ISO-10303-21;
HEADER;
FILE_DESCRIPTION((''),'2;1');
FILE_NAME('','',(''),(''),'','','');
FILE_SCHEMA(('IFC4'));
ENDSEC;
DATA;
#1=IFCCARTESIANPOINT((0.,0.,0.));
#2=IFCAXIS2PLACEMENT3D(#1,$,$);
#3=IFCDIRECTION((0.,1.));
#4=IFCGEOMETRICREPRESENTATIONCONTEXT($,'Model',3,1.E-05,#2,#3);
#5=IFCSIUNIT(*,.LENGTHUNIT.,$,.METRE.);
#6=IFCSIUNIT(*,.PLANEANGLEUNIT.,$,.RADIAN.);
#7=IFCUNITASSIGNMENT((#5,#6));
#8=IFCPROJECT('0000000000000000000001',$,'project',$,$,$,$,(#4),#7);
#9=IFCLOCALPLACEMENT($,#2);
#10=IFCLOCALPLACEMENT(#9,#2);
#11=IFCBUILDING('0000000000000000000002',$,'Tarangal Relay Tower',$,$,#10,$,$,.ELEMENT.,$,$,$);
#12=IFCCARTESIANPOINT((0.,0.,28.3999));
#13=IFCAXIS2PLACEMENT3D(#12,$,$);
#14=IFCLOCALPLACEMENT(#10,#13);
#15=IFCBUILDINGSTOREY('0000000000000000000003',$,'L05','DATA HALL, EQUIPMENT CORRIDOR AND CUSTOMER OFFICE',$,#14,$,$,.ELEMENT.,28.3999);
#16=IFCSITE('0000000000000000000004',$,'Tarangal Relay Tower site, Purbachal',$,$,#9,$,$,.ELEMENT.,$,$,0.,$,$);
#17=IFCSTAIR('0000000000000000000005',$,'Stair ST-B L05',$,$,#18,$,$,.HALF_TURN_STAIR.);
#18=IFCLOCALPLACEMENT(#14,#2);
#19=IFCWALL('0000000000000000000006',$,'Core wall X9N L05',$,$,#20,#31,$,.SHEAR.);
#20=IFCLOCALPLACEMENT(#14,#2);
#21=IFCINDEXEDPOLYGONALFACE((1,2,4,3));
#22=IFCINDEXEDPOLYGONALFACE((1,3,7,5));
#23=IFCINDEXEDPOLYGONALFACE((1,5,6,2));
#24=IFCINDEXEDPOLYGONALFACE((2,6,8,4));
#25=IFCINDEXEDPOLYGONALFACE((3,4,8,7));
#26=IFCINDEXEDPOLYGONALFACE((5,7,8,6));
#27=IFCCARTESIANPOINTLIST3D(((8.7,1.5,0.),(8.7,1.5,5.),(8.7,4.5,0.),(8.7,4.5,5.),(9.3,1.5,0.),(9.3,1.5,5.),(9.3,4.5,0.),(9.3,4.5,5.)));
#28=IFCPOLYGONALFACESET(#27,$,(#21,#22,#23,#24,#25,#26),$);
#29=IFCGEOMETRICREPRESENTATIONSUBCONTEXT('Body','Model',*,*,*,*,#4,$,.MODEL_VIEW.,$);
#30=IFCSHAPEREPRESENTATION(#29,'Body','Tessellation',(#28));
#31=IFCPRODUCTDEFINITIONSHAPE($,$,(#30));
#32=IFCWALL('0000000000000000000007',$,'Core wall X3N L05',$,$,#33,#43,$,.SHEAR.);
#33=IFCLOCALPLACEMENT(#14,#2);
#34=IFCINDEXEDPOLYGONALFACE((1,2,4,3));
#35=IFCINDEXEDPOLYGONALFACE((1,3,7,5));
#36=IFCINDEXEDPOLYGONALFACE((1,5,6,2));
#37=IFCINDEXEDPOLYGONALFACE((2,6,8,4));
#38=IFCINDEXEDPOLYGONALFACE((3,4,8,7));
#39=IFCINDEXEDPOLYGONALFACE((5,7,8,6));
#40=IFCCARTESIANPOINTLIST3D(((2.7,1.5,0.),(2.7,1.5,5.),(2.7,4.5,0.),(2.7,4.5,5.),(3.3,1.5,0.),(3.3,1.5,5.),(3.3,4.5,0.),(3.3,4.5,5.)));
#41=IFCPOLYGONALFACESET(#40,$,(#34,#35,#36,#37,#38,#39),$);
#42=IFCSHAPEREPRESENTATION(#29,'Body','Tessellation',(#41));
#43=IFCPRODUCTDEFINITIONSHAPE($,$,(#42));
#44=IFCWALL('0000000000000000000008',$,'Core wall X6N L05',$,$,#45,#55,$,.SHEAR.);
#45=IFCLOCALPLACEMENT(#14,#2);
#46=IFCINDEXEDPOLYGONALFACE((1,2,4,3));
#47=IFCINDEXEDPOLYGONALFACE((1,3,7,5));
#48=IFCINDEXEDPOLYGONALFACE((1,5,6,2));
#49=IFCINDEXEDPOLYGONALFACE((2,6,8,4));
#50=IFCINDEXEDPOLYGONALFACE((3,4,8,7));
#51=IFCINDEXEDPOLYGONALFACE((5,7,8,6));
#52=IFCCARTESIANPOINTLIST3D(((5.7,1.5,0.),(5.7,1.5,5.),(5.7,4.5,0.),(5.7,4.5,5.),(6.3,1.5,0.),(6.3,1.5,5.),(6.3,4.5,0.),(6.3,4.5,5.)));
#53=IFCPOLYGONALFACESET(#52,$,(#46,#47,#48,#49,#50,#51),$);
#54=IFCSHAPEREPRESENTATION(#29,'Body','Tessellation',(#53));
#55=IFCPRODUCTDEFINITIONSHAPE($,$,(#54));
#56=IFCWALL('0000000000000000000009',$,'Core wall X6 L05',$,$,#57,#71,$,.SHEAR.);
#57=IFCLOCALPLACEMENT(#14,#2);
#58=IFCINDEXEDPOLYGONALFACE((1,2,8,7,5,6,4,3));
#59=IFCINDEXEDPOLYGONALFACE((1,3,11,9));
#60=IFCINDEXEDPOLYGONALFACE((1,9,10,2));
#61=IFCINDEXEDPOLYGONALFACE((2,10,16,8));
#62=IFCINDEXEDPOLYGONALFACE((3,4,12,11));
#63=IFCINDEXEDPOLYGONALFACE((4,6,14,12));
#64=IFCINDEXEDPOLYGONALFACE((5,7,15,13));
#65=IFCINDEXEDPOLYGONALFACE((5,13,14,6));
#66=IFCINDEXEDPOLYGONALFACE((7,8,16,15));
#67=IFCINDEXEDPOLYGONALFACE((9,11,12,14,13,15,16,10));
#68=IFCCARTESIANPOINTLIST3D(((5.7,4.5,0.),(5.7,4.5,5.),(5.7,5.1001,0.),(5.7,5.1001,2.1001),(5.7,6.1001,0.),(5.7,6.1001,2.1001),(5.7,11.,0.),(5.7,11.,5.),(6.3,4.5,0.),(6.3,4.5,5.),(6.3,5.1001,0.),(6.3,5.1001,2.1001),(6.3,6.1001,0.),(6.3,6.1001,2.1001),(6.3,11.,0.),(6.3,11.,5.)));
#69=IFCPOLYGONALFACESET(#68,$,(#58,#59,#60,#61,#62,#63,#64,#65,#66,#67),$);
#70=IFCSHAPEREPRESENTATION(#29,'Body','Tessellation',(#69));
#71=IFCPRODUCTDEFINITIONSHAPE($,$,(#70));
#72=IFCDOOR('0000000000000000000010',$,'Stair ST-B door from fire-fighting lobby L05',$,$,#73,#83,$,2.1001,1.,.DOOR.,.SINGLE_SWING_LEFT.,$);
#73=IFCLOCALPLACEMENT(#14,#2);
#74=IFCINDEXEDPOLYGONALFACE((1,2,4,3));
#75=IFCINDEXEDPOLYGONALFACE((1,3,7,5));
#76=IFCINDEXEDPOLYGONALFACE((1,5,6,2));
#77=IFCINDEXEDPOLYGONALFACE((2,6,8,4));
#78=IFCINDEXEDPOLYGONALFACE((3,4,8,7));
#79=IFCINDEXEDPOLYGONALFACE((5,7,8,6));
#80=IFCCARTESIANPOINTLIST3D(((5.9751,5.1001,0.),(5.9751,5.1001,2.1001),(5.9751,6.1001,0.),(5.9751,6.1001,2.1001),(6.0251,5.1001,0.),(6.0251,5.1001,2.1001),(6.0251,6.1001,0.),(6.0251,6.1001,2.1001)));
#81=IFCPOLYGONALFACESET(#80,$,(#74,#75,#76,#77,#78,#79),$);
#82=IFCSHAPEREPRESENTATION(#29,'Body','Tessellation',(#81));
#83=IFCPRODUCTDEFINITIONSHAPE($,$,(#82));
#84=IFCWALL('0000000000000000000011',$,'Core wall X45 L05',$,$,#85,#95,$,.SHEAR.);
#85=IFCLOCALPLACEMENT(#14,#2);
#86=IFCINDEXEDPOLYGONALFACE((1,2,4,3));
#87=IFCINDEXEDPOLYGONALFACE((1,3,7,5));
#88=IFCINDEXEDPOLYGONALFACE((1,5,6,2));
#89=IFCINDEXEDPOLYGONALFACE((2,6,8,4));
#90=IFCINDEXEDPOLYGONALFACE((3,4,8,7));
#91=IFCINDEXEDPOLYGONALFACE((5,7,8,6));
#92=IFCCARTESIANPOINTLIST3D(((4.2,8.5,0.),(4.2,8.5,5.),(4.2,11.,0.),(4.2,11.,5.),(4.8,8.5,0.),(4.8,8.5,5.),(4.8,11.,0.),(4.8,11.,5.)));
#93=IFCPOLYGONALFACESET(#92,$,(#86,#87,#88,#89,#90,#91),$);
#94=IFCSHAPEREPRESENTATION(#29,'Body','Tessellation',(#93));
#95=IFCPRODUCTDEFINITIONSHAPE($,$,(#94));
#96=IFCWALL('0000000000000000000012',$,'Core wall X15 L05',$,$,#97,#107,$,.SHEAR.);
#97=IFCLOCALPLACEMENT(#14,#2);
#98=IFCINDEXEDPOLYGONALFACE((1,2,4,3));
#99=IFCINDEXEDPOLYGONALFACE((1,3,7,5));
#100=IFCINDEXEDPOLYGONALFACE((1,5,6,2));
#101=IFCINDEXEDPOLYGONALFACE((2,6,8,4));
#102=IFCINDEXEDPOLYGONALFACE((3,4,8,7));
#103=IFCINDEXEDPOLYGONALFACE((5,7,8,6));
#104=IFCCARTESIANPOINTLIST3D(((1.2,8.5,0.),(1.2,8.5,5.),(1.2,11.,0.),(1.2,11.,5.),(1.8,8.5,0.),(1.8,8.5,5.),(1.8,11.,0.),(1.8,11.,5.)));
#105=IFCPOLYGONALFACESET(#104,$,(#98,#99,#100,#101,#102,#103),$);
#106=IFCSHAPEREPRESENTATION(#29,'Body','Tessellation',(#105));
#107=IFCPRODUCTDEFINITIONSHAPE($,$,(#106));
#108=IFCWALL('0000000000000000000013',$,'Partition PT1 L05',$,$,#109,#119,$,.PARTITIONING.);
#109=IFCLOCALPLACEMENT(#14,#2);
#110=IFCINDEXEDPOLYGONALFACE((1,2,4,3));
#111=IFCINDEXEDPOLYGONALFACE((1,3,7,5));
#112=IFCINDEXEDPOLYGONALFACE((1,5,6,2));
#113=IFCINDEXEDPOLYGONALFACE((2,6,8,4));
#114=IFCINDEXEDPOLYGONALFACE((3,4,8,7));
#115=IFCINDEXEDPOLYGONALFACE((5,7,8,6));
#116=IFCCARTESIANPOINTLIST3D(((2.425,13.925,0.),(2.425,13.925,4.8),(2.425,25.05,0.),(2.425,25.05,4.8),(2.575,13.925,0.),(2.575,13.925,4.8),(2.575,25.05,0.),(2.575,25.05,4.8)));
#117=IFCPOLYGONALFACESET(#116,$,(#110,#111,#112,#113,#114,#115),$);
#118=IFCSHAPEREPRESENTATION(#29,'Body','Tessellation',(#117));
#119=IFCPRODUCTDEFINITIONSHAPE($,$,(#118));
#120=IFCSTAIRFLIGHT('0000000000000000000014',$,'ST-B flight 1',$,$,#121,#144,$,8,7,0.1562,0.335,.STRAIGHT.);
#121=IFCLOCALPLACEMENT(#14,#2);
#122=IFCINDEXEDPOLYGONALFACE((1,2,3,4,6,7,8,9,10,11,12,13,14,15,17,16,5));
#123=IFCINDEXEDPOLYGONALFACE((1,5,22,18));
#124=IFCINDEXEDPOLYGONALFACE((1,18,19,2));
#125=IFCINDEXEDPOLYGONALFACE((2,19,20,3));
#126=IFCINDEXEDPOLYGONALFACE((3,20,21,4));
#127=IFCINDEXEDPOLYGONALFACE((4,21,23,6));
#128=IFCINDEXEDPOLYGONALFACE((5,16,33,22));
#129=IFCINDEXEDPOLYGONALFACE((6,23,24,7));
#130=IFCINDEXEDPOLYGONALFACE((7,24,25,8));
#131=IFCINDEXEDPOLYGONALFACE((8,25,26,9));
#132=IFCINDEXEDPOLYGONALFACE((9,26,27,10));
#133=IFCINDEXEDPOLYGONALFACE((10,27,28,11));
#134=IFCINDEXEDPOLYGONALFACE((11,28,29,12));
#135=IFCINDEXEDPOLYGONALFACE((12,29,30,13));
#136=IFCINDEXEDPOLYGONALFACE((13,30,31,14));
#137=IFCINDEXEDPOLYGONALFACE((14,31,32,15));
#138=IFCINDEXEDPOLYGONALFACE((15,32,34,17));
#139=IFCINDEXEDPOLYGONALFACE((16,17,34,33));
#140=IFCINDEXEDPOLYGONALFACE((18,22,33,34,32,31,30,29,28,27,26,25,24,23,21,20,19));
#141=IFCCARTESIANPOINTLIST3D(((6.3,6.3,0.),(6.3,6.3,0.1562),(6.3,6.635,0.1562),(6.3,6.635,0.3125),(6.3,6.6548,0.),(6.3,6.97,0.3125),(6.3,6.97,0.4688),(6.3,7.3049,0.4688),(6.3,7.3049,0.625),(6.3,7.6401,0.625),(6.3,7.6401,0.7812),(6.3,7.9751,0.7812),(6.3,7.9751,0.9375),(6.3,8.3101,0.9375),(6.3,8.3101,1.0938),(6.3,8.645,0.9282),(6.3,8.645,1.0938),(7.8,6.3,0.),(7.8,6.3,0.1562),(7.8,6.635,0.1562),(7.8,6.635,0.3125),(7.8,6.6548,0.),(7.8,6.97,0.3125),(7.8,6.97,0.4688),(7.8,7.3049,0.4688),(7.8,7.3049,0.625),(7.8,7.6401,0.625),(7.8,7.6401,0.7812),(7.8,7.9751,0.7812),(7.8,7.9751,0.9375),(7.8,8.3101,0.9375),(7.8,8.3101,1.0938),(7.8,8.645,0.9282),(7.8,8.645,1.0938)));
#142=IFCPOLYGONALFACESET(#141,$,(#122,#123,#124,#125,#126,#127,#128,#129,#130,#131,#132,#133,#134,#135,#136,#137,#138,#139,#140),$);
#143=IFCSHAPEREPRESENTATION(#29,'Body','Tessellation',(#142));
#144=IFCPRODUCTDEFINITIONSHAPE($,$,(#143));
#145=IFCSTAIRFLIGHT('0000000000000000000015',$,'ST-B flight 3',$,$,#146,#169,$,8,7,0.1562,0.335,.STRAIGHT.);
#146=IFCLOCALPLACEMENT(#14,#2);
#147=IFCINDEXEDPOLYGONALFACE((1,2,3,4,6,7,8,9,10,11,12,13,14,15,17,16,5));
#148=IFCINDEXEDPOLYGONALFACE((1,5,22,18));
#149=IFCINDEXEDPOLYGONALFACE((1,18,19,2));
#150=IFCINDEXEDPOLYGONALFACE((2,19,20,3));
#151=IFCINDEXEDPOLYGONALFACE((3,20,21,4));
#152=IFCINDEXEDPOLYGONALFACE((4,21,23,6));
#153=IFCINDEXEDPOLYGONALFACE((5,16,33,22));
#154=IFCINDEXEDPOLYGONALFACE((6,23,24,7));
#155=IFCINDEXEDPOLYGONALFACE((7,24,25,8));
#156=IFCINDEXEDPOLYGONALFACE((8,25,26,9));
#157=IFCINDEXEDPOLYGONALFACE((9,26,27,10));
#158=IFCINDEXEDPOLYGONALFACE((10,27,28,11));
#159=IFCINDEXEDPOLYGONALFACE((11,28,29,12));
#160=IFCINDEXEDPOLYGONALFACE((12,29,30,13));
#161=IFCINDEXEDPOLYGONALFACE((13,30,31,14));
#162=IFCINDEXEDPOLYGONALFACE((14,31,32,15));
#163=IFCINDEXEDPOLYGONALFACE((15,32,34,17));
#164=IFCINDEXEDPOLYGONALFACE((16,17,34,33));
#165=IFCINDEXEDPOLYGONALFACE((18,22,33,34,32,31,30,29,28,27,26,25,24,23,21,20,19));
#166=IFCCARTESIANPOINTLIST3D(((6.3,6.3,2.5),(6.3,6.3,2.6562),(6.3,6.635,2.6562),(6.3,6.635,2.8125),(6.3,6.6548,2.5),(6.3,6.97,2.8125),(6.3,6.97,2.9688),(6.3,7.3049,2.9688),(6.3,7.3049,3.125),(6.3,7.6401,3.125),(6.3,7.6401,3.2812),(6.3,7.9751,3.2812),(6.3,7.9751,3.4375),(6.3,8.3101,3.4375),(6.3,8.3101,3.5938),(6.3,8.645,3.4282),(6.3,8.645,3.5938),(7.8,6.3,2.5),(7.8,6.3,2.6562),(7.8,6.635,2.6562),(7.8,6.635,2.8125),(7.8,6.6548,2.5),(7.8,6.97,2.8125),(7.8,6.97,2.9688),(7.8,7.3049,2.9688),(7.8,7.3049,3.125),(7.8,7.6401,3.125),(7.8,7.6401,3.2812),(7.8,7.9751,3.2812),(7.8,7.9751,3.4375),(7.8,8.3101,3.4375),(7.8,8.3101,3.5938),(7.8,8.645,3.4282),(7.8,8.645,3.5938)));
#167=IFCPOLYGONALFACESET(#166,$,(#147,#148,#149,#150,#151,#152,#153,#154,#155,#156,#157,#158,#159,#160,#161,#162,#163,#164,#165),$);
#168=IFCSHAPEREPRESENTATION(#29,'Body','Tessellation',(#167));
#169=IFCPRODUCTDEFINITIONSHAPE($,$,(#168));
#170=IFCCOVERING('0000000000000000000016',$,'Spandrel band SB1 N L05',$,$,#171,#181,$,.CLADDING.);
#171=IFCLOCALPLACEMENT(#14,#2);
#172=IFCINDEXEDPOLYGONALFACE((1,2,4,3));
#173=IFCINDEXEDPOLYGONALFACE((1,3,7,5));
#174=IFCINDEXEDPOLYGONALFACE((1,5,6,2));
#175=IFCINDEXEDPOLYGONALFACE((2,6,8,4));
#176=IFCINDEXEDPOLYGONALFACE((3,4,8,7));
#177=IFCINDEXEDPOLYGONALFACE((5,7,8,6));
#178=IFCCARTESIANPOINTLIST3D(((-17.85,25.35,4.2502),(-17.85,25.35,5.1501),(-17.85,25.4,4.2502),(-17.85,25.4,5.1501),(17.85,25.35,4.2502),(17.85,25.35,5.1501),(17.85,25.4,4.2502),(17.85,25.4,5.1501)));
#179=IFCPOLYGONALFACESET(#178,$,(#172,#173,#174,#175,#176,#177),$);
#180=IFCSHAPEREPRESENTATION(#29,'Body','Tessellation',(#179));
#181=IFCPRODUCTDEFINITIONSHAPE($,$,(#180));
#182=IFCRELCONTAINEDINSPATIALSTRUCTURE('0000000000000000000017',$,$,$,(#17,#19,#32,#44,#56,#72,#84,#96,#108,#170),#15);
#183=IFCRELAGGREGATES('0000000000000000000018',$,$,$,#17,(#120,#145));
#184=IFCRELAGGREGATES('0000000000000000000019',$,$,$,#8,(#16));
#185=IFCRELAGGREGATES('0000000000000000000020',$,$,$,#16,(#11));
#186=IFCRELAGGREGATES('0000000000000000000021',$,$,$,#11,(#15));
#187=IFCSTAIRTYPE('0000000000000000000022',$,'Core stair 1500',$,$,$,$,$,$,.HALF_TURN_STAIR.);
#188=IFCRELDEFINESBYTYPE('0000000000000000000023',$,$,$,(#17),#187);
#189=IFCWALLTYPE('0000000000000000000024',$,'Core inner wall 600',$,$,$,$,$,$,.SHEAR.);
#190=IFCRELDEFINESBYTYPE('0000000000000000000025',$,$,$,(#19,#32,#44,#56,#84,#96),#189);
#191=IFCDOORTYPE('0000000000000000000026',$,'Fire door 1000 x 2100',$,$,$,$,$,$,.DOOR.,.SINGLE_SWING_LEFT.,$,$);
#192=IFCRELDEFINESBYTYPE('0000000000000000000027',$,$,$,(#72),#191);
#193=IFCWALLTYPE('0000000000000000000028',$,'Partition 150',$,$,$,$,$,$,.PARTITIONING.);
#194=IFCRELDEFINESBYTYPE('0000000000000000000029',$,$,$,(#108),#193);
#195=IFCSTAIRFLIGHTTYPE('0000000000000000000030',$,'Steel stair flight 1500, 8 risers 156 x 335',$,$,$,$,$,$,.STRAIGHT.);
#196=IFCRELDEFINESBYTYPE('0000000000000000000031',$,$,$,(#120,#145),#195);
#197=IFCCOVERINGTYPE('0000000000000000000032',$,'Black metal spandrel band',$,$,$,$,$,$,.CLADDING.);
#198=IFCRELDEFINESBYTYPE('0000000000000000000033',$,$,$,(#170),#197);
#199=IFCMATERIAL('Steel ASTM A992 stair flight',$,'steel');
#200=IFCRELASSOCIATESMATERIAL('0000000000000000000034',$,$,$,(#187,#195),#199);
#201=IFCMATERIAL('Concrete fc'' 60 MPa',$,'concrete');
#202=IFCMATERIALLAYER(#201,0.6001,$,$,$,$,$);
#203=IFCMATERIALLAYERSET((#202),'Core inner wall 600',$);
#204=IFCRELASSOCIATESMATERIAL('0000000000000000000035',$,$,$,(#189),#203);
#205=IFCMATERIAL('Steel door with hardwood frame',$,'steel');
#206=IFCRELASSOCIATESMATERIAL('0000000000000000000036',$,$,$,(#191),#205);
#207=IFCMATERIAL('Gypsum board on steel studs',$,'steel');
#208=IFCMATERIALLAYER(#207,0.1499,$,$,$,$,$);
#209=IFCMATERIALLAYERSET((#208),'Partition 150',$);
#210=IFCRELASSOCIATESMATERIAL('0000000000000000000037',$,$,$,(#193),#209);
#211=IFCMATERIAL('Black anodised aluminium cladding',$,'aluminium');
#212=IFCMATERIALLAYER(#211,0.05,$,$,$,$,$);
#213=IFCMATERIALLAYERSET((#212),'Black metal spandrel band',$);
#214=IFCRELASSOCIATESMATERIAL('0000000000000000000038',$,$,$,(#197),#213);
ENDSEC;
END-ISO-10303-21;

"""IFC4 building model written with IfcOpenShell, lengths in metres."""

from ifc_helpers import new_model, si_unit, direction, frame, frame_2d, origin, origin_2d, place, context, subcontext, project, spatial, polyline, rectangle, outline, extrude, material, layer, layer_set, type_object, element, fill, aggregate, save


model = new_model("IFC4")

# Units and contexts
model_context = context("Model", 3, precision=1e-05, world=origin(), true_north=direction((0.0, 1.0)))
body_context = subcontext(model_context, "Body", "Model", "MODEL_VIEW")
ifc_project = project(units=[si_unit("LENGTHUNIT", "METRE"), si_unit("PLANEANGLEUNIT", "RADIAN")], contexts=[model_context])

# Site, building, storey
site_placement = place(None, origin())
site = spatial("IfcSite", under=ifc_project, at=site_placement, Name="Tarangal Relay Tower site, Purbachal", CompositionType="ELEMENT", RefElevation=0.0)
building_placement = place(site_placement, origin())
building = spatial("IfcBuilding", under=site, at=building_placement, Name="Tarangal Relay Tower", CompositionType="ELEMENT")
storey_placement = place(building_placement, frame((0.0, 0.0, 28.3999)))
storey = spatial("IfcBuildingStorey", under=building, at=storey_placement, Name="L05", Description="DATA HALL, EQUIPMENT CORRIDOR AND CUSTOMER OFFICE", CompositionType="ELEMENT", Elevation=28.3999)

# Stair
ifc_material_1 = material(Name="Steel ASTM A992 stair flight", Category="steel")
stair_type = type_object("IfcStairType", Name="Core stair 1500", PredefinedType="HALF_TURN_STAIR", material=ifc_material_1)
stair_1_placement = place(storey_placement, origin())
stair_1 = element("IfcStair", 1, at=stair_1_placement, inside=storey, type_object=stair_type, Name="Stair ST-B L05", PredefinedType="HALF_TURN_STAIR")

# Walls
ifc_material_2 = material(Name="Concrete fc' 60 MPa", Category="concrete")
ifc_layer_1 = layer(ifc_material_2, 0.6001)
ifc_layer_set_1 = layer_set([ifc_layer_1], Name="Core inner wall 600")
wall_type_1 = type_object("IfcWallType", Name="Core inner wall 600", PredefinedType="SHEAR", material=ifc_layer_set_1)
for number, where, z_axis, x_axis, name in (
    (2, (9.0, 1.5, 0.0), (0.0, 0.0, 1.0), (0.0, 1.0, 0.0), "Core wall X9N L05"),
    (3, (3.0, 1.5, 0.0), (0.0, 0.0, 1.0), (0.0, 1.0, 0.0), "Core wall X3N L05"),
    (4, (6.0, 1.5, 0.0), (0.0, 0.0, 1.0), (0.0, 1.0, 0.0), "Core wall X6N L05"),
):
    element("IfcWall", number, at=place(storey_placement, frame(where, z_axis=z_axis, x_axis=x_axis)), inside=storey, type_object=wall_type_1, Name=name, PredefinedType="SHEAR", context=body_context, shape_type="SweptSolid", body=[
        extrude(rectangle(XDim=3.0, YDim=0.6001, at=frame_2d((1.5, 0.0))), origin(), (0.0, 0.0, 1.0), 5.0),
    ])

# Wall, opening, door
wall_1_placement = place(storey_placement, frame((6.0, 4.5, 0.0), z_axis=(0.0, 0.0, 1.0), x_axis=(0.0, 1.0, 0.0)))
wall_1 = element("IfcWall", 5, at=wall_1_placement, inside=storey, type_object=wall_type_1, Name="Core wall X6 L05", PredefinedType="SHEAR", context=body_context, shape_type="SweptSolid", body=[
    extrude(rectangle(XDim=6.5, YDim=0.6001, at=frame_2d((3.25, 0.0))), origin(), (0.0, 0.0, 1.0), 5.0),
])
opening_placement = place(wall_1_placement, frame((0.6001, 0.0, 0.0)))
opening = element("IfcOpeningElement", 6, at=opening_placement, cuts=wall_1, PredefinedType="OPENING", context=body_context, shape_type="SweptSolid", body=[
    extrude(rectangle(XDim=1.0, YDim=2.1001, at=frame_2d((0.5, 1.05))), frame((0.0, 0.3101, 0.0), z_axis=(0.0, -1.0, 0.0), x_axis=(1.0, 0.0, 0.0)), (0.0, 0.0, 1.0), 0.6201),
])
ifc_material_3 = material(Name="Steel door with hardwood frame", Category="steel")
door_type = type_object("IfcDoorType", Name="Fire door 1000 x 2100", OperationType="SINGLE_SWING_LEFT", PredefinedType="DOOR", material=ifc_material_3)
door_placement = place(opening_placement, origin())
door = element("IfcDoor", 7, at=door_placement, inside=storey, type_object=door_type, Name="Stair ST-B door from fire-fighting lobby L05", OperationType="SINGLE_SWING_LEFT", OverallHeight=2.1001, OverallWidth=1.0, PredefinedType="DOOR", context=body_context, shape_type="SweptSolid", body=[
    extrude(rectangle(XDim=1.0, YDim=2.1001, at=frame_2d((0.5, 1.05))), frame((0.0, 0.0249, 0.0), z_axis=(0.0, -1.0, 0.0), x_axis=(1.0, 0.0, 0.0)), (0.0, 0.0, 1.0), 0.05),
])
fill(opening, door)

# Walls
for number, where, z_axis, x_axis, name in (
    (8, (4.5, 8.5, 0.0), (0.0, 0.0, 1.0), (0.0, 1.0, 0.0), "Core wall X45 L05"),
    (9, (1.5, 8.5, 0.0), (0.0, 0.0, 1.0), (0.0, 1.0, 0.0), "Core wall X15 L05"),
):
    element("IfcWall", number, at=place(storey_placement, frame(where, z_axis=z_axis, x_axis=x_axis)), inside=storey, type_object=wall_type_1, Name=name, PredefinedType="SHEAR", context=body_context, shape_type="SweptSolid", body=[
        extrude(rectangle(XDim=2.5, YDim=0.6001, at=frame_2d((1.25, 0.0))), origin(), (0.0, 0.0, 1.0), 5.0),
    ])
ifc_material_4 = material(Name="Gypsum board on steel studs", Category="steel")
ifc_layer_2 = layer(ifc_material_4, 0.1499)
ifc_layer_set_2 = layer_set([ifc_layer_2], Name="Partition 150")
wall_type_2 = type_object("IfcWallType", Name="Partition 150", PredefinedType="PARTITIONING", material=ifc_layer_set_2)
wall_2_placement = place(storey_placement, frame((2.5, 13.925, 0.0), z_axis=(0.0, 0.0, 1.0), x_axis=(0.0, 1.0, 0.0)))
element("IfcWall", 10, at=wall_2_placement, inside=storey, type_object=wall_type_2, Name="Partition PT1 L05", PredefinedType="PARTITIONING", context=body_context, shape_type="SweptSolid", body=[
    extrude(rectangle(XDim=11.125, YDim=0.1499, at=frame_2d((5.5625, 0.0))), origin(), (0.0, 0.0, 1.0), 4.8),
])

# Stair flights
stair_flight_type = type_object("IfcStairFlightType", Name="Steel stair flight 1500, 8 risers 156 x 335", PredefinedType="STRAIGHT", material=ifc_material_1)
stair_flight_1_placement = place(storey_placement, frame((7.05, 6.3, 0.0), z_axis=(0.0, 0.0, 1.0), x_axis=(0.0, 1.0, 0.0)))
stair_flight_1 = element("IfcStairFlight", 11, at=stair_flight_1_placement, type_object=stair_flight_type, Name="ST-B flight 1", NumberOfRisers=8, NumberOfTreads=7, PredefinedType="STRAIGHT", RiserHeight=0.1562, TreadLength=0.335, context=body_context, shape_type="SweptSolid", body=[
    extrude(outline(polyline([(0.0, 0.0), (0.0, 0.1562), (0.335, 0.1562), (0.335, 0.3125), (0.6699, 0.3125), (0.6699, 0.4688), (1.0049, 0.4688), (1.0049, 0.625), (1.3401, 0.625), (1.3401, 0.7812), (1.675, 0.7812), (1.675, 0.9375), (2.01, 0.9375), (2.01, 1.0938), (2.345, 1.0938), (2.345, 1.25), (2.345, 0.9282), (0.3547, 0.0), (0.0, 0.0)])), frame((0.0, 0.75, 0.0), z_axis=(0.0, -1.0, 0.0), x_axis=(1.0, 0.0, 0.0)), (0.0, 0.0, 1.0), 1.5),
])
stair_flight_2_placement = place(storey_placement, frame((7.05, 6.3, 2.5), z_axis=(0.0, 0.0, 1.0), x_axis=(0.0, 1.0, 0.0)))
stair_flight_2 = element("IfcStairFlight", 12, at=stair_flight_2_placement, type_object=stair_flight_type, Name="ST-B flight 3", NumberOfRisers=8, NumberOfTreads=7, PredefinedType="STRAIGHT", RiserHeight=0.1562, TreadLength=0.335, context=body_context, shape_type="SweptSolid", body=[
    extrude(outline(polyline([(0.0, 0.0), (0.0, 0.1562), (0.335, 0.1562), (0.335, 0.3125), (0.6699, 0.3125), (0.6699, 0.4688), (1.0049, 0.4688), (1.0049, 0.625), (1.3401, 0.625), (1.3401, 0.7812), (1.675, 0.7812), (1.675, 0.9375), (2.01, 0.9375), (2.01, 1.0938), (2.345, 1.0938), (2.345, 1.25), (2.345, 0.9282), (0.3547, 0.0), (0.0, 0.0)])), frame((0.0, 0.75, 0.0), z_axis=(0.0, -1.0, 0.0), x_axis=(1.0, 0.0, 0.0)), (0.0, 0.0, 1.0), 1.5),
])
aggregate(stair_1, [stair_flight_1, stair_flight_2])

# Covering
ifc_material_5 = material(Name="Black anodised aluminium cladding", Category="aluminium")
ifc_layer_3 = layer(ifc_material_5, 0.05)
ifc_layer_set_3 = layer_set([ifc_layer_3], Name="Black metal spandrel band")
covering_type = type_object("IfcCoveringType", Name="Black metal spandrel band", PredefinedType="CLADDING", material=ifc_layer_set_3)
covering_placement = place(storey_placement, frame((0.0, 25.375, 4.2502), z_axis=(0.0, 0.0, 1.0), x_axis=(1.0, 0.0, 0.0)))
element("IfcCovering", 13, at=covering_placement, inside=storey, type_object=covering_type, Name="Spandrel band SB1 N L05", PredefinedType="CLADDING", context=body_context, shape_type="SweptSolid", body=[
    extrude(rectangle(XDim=35.7, YDim=0.05, at=origin_2d()), origin(), (0.0, 0.0, 1.0), 0.8999),
])

save(model, "model.ifc")
